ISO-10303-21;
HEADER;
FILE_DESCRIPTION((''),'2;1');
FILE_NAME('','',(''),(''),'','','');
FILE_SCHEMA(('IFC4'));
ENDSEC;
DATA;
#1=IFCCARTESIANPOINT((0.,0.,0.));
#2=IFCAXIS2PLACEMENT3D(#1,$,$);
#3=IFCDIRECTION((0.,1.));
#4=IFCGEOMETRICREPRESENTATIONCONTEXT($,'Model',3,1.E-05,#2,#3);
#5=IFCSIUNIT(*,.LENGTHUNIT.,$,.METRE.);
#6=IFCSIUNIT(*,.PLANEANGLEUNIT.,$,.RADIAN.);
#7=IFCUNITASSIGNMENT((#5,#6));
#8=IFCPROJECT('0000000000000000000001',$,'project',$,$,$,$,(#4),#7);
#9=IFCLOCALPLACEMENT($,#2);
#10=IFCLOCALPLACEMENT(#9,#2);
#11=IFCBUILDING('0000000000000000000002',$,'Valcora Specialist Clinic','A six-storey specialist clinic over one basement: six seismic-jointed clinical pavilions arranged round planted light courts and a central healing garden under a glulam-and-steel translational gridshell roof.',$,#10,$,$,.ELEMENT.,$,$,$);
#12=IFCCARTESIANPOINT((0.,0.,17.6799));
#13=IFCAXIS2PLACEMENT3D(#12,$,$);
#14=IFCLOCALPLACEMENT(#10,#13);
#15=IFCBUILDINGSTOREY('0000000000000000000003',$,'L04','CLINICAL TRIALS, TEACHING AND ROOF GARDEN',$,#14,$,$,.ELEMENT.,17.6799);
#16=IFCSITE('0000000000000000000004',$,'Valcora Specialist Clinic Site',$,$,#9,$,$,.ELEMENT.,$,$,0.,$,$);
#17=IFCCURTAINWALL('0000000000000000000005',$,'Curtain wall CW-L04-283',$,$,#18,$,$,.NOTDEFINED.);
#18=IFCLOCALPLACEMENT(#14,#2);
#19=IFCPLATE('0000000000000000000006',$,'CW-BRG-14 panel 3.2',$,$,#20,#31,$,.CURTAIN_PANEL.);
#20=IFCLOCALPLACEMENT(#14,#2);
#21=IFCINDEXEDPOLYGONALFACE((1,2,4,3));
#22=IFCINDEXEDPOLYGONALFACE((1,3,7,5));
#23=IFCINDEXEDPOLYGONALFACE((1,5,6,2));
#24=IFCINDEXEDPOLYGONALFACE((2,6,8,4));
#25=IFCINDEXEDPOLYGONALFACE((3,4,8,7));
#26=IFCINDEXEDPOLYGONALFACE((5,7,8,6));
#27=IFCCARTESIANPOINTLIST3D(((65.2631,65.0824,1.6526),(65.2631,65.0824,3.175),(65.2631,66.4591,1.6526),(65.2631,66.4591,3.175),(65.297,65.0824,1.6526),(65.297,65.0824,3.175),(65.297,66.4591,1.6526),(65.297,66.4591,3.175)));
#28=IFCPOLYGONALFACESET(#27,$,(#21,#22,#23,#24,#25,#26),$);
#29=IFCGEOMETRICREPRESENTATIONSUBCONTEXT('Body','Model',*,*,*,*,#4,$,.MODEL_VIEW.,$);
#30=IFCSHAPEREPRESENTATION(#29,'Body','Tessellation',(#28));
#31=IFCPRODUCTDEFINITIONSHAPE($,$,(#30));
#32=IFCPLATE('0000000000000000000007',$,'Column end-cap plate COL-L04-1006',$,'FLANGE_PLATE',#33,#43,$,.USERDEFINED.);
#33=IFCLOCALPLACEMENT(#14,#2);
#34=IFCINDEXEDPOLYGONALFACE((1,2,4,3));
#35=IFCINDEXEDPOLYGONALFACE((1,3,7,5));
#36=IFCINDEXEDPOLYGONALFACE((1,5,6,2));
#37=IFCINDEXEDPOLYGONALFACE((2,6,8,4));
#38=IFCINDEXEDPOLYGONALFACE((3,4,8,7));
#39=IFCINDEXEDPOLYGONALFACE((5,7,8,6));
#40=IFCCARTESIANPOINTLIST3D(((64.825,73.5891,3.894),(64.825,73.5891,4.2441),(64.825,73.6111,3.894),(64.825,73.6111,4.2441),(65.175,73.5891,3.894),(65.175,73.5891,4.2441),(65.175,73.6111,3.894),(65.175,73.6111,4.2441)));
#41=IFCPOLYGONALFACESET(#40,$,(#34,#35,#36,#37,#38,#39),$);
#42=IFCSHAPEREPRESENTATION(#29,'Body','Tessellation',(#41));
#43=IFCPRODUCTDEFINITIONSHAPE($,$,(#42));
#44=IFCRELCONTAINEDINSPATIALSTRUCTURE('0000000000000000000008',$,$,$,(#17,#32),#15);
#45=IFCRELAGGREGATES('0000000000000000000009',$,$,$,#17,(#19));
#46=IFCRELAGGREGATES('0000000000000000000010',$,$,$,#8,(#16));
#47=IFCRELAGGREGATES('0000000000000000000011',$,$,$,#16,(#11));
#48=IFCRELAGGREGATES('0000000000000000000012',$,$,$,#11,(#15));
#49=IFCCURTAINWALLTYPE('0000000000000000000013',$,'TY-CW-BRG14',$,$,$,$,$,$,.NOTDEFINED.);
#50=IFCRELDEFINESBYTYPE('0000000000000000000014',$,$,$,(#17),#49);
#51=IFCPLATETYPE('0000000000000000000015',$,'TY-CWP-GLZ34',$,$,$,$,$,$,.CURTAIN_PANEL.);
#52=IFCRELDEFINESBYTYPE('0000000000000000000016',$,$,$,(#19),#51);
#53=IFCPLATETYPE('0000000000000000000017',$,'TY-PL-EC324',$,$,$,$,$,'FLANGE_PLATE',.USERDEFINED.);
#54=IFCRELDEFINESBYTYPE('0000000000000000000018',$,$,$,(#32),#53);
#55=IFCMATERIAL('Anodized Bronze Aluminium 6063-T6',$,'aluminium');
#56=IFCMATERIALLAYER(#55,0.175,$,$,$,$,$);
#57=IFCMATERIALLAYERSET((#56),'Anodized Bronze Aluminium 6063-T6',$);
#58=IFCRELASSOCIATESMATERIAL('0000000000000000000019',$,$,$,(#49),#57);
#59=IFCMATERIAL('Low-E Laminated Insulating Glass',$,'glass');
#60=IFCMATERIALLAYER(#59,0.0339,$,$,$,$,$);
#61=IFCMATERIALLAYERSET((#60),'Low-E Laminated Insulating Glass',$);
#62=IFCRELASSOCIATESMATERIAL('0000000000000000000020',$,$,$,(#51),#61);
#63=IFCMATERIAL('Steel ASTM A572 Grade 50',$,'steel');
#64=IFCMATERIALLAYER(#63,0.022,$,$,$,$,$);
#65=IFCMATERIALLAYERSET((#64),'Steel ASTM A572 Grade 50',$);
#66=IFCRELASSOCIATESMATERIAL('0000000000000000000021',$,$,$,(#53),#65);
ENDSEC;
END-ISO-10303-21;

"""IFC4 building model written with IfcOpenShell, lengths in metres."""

from ifc_helpers import new_model, si_unit, direction, frame, origin, origin_2d, place, context, subcontext, project, spatial, rectangle, extrude, material, layer, layer_set, type_object, element, aggregate, save


model = new_model("IFC4")

# Units and contexts
model_context = context("Model", 3, precision=1e-05, world=origin(), true_north=direction((0.0, 1.0)))
body_context = subcontext(model_context, "Body", "Model", "MODEL_VIEW")
ifc_project = project(units=[si_unit("LENGTHUNIT", "METRE"), si_unit("PLANEANGLEUNIT", "RADIAN")], contexts=[model_context])

# Site, building, storey
site_placement = place(None, origin())
site = spatial("IfcSite", under=ifc_project, at=site_placement, Name="Valcora Specialist Clinic Site", CompositionType="ELEMENT", RefElevation=0.0)
building_placement = place(site_placement, origin())
building = spatial("IfcBuilding", under=site, at=building_placement, Name="Valcora Specialist Clinic", Description="A six-storey specialist clinic over one basement: six seismic-jointed clinical pavilions arranged round planted light courts and a central healing garden under a glulam-and-steel translational gridshell roof.", CompositionType="ELEMENT")
storey_placement = place(building_placement, frame((0.0, 0.0, 17.6799)))
storey = spatial("IfcBuildingStorey", under=building, at=storey_placement, Name="L04", Description="CLINICAL TRIALS, TEACHING AND ROOF GARDEN", CompositionType="ELEMENT", Elevation=17.6799)

# Curtain wall
ifc_material_1 = material(Name="Anodized Bronze Aluminium 6063-T6", Category="aluminium")
ifc_layer_1 = layer(ifc_material_1, 0.175)
ifc_layer_set_1 = layer_set([ifc_layer_1], Name="Anodized Bronze Aluminium 6063-T6")
curtain_wall_type = type_object("IfcCurtainWallType", Name="TY-CW-BRG14", PredefinedType="NOTDEFINED", material=ifc_layer_set_1)
curtain_wall_1_placement = place(storey_placement, origin())
curtain_wall_1 = element("IfcCurtainWall", 1, at=curtain_wall_1_placement, inside=storey, type_object=curtain_wall_type, Name="Curtain wall CW-L04-283", PredefinedType="NOTDEFINED")

# Plates
ifc_material_2 = material(Name="Low-E Laminated Insulating Glass", Category="glass")
ifc_layer_2 = layer(ifc_material_2, 0.0339)
ifc_layer_set_2 = layer_set([ifc_layer_2], Name="Low-E Laminated Insulating Glass")
plate_type_1 = type_object("IfcPlateType", Name="TY-CWP-GLZ34", PredefinedType="CURTAIN_PANEL", material=ifc_layer_set_2)
plate_1_placement = place(storey_placement, frame((65.28, 65.7708, 1.6526), z_axis=(0.0, 0.0, 1.0), x_axis=(0.0, 1.0, 0.0)))
plate_1 = element("IfcPlate", 2, at=plate_1_placement, type_object=plate_type_1, Name="CW-BRG-14 panel 3.2", PredefinedType="CURTAIN_PANEL", context=body_context, shape_type="SweptSolid", body=[
    extrude(rectangle(XDim=1.3767, YDim=0.0339, at=origin_2d()), origin(), (0.0, 0.0, 1.0), 1.5225),
])
aggregate(curtain_wall_1, [plate_1])
ifc_material_3 = material(Name="Steel ASTM A572 Grade 50", Category="steel")
ifc_layer_3 = layer(ifc_material_3, 0.022)
ifc_layer_set_3 = layer_set([ifc_layer_3], Name="Steel ASTM A572 Grade 50")
plate_type_2 = type_object("IfcPlateType", Name="TY-PL-EC324", ElementType="FLANGE_PLATE", PredefinedType="USERDEFINED", material=ifc_layer_set_3)
plate_2_placement = place(storey_placement, frame((65.0, 73.6001, 3.894), z_axis=(0.0, 0.0, 1.0), x_axis=(1.0, 0.0, 0.0)))
element("IfcPlate", 3, at=plate_2_placement, inside=storey, type_object=plate_type_2, Name="Column end-cap plate COL-L04-1006", ObjectType="FLANGE_PLATE", PredefinedType="USERDEFINED", context=body_context, shape_type="SweptSolid", body=[
    extrude(rectangle(XDim=0.3501, YDim=0.022, at=origin_2d()), origin(), (0.0, 0.0, 1.0), 0.3501),
])

save(model, "model.ifc")
